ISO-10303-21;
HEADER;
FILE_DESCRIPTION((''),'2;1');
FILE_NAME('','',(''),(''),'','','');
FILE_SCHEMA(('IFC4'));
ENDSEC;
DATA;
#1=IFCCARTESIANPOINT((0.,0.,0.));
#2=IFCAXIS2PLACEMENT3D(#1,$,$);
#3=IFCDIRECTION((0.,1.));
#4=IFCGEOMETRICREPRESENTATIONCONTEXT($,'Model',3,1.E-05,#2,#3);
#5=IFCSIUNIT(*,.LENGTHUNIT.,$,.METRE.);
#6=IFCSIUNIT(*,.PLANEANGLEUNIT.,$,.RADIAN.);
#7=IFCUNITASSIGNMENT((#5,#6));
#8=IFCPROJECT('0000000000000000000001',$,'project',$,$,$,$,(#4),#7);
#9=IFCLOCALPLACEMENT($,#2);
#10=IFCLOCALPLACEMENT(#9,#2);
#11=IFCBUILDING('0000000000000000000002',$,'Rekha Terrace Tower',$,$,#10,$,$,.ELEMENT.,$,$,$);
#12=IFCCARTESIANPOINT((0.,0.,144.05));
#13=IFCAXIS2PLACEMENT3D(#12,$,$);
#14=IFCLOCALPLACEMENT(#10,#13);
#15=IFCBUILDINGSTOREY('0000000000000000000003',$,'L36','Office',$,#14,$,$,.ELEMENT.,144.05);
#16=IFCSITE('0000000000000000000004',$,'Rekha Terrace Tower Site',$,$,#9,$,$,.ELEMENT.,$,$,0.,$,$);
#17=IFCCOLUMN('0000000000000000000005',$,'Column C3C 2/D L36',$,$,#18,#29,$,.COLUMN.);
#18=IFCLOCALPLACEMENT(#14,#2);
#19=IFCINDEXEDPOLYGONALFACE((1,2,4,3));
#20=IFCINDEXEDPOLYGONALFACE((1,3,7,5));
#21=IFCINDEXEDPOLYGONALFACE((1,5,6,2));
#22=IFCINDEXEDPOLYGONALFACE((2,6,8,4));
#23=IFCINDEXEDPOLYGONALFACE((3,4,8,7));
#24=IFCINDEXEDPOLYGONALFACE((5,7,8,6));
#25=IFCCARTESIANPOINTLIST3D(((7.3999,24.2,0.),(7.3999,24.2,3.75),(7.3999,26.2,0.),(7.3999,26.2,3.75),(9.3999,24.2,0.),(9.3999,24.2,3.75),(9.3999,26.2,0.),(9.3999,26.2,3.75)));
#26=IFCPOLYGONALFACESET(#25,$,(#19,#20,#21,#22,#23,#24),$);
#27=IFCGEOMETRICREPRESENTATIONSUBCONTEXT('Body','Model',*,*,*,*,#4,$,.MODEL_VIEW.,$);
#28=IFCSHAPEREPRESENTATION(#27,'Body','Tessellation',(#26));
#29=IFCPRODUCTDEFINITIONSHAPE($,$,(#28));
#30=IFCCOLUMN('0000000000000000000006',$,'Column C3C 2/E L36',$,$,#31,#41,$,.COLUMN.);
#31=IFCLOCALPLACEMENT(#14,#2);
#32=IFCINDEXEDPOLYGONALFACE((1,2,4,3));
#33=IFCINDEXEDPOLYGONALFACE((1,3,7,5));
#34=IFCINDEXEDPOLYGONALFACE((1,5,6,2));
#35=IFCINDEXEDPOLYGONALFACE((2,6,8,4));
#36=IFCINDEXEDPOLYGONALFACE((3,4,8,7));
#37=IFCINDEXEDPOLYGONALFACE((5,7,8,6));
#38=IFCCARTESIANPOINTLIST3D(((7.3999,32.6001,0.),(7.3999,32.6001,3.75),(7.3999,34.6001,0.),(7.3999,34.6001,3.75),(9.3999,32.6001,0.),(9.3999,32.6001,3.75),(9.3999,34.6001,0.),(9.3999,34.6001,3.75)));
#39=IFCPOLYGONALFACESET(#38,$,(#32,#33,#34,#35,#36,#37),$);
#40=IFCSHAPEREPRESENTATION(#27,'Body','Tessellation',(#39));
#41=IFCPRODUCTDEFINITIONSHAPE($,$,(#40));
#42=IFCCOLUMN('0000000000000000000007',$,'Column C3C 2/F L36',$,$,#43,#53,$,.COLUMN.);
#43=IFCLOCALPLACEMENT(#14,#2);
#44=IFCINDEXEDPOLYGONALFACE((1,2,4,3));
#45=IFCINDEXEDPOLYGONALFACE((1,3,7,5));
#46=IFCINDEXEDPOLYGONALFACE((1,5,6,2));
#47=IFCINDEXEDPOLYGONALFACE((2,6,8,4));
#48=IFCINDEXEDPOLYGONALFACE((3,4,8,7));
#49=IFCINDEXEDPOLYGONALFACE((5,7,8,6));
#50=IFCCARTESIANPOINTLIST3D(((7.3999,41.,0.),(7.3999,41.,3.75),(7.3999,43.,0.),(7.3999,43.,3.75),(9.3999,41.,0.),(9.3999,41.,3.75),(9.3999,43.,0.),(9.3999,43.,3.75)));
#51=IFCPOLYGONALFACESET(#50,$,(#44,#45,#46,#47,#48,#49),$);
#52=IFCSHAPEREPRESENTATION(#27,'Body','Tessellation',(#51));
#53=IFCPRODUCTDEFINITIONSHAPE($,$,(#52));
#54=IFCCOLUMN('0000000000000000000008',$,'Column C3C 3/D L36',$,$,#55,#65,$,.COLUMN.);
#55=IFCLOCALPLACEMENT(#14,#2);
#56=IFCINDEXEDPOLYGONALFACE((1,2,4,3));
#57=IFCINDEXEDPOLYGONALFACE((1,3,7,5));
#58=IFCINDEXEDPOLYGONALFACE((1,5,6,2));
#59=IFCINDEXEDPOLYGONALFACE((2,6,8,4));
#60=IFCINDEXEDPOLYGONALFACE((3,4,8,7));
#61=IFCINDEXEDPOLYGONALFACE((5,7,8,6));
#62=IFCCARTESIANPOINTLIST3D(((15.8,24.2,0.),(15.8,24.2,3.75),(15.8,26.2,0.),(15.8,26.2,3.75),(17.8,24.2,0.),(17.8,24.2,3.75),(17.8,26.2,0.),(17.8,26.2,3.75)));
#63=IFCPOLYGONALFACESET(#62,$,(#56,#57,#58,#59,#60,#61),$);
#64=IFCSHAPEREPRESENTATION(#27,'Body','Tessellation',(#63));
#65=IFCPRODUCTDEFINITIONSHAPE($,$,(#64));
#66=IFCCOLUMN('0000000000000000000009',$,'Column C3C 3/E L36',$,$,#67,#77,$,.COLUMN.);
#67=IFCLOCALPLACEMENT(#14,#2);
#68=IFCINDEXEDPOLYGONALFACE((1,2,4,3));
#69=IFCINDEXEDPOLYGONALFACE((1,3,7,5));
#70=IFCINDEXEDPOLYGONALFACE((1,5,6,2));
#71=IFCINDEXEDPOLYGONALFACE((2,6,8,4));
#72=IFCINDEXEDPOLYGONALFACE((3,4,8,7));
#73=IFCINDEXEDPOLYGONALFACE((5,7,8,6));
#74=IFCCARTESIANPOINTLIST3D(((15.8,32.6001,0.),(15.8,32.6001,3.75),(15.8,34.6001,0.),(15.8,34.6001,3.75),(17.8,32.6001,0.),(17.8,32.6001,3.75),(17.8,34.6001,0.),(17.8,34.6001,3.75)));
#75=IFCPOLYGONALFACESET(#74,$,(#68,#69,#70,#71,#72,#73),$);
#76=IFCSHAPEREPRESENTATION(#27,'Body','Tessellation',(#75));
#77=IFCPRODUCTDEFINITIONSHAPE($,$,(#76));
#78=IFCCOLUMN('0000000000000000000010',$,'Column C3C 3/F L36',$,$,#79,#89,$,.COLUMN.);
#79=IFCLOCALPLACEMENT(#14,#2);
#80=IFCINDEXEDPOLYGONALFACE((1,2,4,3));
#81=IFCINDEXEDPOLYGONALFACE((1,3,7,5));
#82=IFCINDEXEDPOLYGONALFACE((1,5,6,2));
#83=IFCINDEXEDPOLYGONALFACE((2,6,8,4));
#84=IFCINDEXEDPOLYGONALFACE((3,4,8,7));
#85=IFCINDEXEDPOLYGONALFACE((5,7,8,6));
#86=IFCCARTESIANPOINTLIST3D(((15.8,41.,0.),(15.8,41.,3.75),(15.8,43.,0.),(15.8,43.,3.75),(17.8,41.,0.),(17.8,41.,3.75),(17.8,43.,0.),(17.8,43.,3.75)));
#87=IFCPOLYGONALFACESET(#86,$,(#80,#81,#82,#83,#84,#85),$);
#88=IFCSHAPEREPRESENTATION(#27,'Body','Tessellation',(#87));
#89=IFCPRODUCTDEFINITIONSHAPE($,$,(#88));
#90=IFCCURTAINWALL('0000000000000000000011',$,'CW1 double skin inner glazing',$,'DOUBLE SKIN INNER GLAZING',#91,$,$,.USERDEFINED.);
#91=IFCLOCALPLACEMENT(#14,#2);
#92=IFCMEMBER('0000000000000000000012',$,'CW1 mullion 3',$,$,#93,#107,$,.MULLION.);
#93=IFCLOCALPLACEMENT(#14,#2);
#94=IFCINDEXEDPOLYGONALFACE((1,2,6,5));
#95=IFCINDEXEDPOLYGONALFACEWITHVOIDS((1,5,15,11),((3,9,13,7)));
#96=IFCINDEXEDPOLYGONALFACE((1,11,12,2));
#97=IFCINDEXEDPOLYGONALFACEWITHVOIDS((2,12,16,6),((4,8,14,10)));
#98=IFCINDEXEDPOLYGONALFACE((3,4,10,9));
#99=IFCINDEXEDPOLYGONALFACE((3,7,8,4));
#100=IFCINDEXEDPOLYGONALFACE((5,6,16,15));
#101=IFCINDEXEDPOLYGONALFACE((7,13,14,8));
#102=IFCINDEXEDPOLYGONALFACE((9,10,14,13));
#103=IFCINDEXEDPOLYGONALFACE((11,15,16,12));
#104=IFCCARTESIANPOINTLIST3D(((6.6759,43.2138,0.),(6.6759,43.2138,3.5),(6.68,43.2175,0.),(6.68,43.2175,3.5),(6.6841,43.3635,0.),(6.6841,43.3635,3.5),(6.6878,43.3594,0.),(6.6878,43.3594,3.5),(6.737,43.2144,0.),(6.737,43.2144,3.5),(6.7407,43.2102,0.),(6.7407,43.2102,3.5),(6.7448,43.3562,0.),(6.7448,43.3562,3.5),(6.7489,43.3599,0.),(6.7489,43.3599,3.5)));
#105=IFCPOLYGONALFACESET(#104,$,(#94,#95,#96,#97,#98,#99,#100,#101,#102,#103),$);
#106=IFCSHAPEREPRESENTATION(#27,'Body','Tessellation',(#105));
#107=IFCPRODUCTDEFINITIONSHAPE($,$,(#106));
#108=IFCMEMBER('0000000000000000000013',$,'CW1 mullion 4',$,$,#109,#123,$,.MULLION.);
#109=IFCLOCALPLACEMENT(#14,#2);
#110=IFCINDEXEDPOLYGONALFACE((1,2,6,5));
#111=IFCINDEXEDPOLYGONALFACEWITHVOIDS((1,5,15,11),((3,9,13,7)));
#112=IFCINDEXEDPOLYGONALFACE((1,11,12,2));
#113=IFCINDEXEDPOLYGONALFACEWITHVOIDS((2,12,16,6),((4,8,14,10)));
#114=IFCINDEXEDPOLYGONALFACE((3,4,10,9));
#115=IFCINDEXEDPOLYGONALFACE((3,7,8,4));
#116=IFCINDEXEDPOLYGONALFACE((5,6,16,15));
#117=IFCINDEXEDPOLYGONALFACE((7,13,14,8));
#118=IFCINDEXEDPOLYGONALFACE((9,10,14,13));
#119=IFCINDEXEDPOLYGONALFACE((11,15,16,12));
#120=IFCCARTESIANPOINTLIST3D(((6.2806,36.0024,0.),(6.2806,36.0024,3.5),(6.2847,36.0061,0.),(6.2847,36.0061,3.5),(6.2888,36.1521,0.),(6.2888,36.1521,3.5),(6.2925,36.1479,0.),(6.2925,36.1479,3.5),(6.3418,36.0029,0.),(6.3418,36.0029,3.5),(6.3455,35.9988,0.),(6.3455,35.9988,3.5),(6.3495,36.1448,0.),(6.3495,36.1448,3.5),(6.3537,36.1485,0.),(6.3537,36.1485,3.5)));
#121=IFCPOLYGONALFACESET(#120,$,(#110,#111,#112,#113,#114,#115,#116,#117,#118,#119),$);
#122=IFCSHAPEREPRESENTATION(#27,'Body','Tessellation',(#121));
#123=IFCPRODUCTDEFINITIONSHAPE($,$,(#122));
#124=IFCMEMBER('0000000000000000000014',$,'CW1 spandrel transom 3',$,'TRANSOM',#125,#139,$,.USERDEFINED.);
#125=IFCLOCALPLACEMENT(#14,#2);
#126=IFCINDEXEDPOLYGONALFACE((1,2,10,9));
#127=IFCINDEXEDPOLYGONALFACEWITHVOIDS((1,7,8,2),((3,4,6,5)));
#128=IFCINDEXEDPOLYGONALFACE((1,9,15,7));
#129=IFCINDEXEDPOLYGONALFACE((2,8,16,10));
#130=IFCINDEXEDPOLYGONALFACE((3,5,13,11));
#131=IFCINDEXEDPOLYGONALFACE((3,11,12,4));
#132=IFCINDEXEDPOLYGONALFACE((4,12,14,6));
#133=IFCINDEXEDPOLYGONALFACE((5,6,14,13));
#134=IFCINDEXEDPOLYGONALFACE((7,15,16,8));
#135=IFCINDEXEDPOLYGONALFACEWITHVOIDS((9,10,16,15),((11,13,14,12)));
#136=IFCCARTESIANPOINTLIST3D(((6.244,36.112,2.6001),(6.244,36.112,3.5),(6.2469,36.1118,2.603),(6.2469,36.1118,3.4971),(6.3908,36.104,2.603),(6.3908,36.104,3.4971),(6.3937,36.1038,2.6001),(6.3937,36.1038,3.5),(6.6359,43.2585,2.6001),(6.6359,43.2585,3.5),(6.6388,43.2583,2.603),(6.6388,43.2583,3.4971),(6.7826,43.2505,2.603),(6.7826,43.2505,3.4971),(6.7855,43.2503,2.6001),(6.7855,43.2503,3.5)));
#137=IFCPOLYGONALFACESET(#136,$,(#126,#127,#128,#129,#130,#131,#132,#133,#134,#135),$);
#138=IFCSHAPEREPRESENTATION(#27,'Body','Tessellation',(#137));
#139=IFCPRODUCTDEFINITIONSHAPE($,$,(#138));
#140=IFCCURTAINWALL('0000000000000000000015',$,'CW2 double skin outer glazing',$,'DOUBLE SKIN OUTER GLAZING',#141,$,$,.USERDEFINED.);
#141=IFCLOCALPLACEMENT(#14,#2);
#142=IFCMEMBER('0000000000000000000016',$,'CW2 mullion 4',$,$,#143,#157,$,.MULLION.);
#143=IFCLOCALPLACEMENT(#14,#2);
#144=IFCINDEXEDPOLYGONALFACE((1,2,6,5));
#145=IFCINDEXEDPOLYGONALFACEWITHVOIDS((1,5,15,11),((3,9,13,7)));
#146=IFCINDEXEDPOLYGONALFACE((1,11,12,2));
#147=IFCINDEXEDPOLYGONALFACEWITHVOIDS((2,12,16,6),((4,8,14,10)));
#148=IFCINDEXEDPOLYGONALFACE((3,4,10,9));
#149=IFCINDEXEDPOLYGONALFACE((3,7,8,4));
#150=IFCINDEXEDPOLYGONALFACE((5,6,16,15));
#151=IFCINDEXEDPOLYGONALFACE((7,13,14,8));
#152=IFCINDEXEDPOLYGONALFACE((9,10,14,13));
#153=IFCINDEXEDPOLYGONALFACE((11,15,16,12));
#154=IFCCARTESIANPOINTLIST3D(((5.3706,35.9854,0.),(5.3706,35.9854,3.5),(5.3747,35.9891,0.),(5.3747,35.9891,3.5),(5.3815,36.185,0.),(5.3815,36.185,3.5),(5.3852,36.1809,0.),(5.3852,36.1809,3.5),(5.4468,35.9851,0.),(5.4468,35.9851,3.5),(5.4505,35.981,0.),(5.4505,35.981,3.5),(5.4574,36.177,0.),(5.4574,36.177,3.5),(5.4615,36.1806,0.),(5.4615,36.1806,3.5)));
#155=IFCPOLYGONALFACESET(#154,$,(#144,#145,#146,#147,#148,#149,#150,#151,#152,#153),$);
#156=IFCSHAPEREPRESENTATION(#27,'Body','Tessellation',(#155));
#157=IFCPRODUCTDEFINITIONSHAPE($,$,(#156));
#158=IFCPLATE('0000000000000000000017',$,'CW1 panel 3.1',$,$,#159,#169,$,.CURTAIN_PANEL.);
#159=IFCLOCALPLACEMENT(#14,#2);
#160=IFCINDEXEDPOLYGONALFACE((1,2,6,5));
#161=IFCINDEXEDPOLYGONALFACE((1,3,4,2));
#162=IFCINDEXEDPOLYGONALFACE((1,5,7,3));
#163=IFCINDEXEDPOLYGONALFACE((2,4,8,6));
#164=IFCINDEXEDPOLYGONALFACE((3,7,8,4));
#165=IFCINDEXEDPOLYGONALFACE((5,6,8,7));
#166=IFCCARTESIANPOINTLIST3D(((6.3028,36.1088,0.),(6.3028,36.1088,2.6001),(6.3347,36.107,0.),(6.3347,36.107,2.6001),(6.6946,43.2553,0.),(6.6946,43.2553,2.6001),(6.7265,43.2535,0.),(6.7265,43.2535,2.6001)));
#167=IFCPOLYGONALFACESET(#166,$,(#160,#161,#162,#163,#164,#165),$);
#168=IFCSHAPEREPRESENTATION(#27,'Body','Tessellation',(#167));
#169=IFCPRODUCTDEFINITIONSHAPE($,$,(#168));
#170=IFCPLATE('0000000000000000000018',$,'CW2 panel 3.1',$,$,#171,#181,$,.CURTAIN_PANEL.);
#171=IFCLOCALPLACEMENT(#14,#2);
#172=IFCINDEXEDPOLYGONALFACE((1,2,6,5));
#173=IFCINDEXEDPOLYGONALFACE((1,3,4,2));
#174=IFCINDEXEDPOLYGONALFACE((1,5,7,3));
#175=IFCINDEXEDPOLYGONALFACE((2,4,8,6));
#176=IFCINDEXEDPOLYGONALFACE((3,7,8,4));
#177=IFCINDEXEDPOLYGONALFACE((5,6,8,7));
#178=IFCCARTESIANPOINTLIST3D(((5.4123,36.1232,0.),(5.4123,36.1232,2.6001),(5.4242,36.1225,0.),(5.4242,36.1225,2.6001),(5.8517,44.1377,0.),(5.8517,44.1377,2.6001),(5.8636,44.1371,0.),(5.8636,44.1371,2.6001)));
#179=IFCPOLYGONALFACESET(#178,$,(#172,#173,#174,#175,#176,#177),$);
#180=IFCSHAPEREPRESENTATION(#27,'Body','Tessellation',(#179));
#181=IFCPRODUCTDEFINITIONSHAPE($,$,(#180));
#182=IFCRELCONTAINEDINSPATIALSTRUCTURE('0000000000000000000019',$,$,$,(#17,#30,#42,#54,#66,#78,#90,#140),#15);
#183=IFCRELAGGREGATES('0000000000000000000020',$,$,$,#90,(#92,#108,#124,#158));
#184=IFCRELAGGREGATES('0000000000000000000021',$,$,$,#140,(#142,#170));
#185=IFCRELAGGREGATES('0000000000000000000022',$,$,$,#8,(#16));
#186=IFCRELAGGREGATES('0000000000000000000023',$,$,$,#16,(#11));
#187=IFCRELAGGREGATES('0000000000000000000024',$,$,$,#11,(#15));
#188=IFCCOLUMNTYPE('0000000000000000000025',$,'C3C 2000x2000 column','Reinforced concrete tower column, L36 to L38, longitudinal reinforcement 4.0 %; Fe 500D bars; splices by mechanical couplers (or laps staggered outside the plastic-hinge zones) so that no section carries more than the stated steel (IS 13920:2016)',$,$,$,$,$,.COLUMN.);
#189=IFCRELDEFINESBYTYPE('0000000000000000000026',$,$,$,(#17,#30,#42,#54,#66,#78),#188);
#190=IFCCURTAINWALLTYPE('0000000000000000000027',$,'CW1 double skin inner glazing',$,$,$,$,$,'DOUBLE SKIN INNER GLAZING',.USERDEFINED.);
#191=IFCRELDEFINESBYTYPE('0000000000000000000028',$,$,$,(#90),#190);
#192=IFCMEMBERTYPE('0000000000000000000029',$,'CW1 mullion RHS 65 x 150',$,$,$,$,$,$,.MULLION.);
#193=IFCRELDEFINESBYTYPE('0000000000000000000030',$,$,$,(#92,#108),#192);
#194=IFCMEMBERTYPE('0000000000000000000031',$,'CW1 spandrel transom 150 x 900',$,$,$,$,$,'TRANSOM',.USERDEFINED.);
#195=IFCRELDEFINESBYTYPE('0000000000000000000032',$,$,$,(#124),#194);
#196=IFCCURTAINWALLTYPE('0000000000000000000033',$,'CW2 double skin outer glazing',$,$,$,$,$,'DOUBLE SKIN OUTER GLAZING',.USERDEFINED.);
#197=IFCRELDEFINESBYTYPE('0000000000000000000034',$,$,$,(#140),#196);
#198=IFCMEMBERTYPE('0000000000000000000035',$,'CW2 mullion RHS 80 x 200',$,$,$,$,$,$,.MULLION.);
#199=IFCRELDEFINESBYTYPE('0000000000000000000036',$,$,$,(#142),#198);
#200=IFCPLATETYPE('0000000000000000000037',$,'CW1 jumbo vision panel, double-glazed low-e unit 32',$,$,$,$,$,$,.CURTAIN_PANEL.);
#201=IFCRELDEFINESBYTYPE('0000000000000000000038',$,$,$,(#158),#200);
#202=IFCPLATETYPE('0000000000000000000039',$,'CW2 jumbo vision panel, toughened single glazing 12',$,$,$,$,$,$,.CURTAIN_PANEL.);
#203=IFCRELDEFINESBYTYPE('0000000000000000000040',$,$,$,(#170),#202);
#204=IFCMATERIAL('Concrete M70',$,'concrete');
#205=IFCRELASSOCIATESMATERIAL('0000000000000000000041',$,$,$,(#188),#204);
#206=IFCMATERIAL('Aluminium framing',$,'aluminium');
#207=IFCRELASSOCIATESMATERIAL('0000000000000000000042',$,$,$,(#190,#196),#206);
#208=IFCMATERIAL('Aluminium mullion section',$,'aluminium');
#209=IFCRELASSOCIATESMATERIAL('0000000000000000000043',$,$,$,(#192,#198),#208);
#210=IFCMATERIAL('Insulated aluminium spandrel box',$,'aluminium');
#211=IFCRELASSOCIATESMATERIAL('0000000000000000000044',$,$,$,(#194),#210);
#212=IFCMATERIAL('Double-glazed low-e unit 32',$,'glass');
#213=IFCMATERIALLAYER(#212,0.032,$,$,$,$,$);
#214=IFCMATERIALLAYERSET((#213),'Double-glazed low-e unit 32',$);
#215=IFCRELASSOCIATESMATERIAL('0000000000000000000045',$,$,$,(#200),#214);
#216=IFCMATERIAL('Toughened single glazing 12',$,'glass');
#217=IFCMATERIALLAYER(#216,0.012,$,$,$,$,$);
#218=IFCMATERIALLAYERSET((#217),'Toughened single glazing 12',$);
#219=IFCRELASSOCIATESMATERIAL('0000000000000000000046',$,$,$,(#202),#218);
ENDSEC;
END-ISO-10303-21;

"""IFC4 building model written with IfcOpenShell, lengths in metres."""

from ifc_helpers import new_model, si_unit, direction, frame, origin, origin_2d, place, context, subcontext, project, spatial, rectangle, hollow_rectangle, extrude, material, layer, layer_set, material_profile, profile_set, type_object, element, aggregate, save


model = new_model("IFC4")

# Units and contexts
model_context = context("Model", 3, precision=1e-05, world=origin(), true_north=direction((0.0, 1.0)))
body_context = subcontext(model_context, "Body", "Model", "MODEL_VIEW")
ifc_project = project(units=[si_unit("LENGTHUNIT", "METRE"), si_unit("PLANEANGLEUNIT", "RADIAN")], contexts=[model_context])

# Site, building, storey
site_placement = place(None, origin())
site = spatial("IfcSite", under=ifc_project, at=site_placement, Name="Rekha Terrace Tower Site", CompositionType="ELEMENT", RefElevation=0.0)
building_placement = place(site_placement, origin())
building = spatial("IfcBuilding", under=site, at=building_placement, Name="Rekha Terrace Tower", CompositionType="ELEMENT")
storey_placement = place(building_placement, frame((0.0, 0.0, 144.05)))
storey = spatial("IfcBuildingStorey", under=building, at=storey_placement, Name="L36", Description="Office", CompositionType="ELEMENT", Elevation=144.05)

# Columns
ifc_material_1 = material(Name="Concrete M70", Category="concrete")
ifc_material_profile_1 = material_profile(ifc_material_1, rectangle(XDim=2.0, YDim=2.0, at=origin_2d()), Name="RC 2000x2000")
ifc_profile_set_1 = profile_set([ifc_material_profile_1], Name="Concrete M70")
column_type = type_object("IfcColumnType", Name="C3C 2000x2000 column", Description="Reinforced concrete tower column, L36 to L38, longitudinal reinforcement 4.0 %; Fe 500D bars; splices by mechanical couplers (or laps staggered outside the plastic-hinge zones) so that no section carries more than the stated steel (IS 13920:2016)", PredefinedType="COLUMN", material=ifc_profile_set_1)
for number, where, z_axis, x_axis, name in (
    (1, (8.3999, 25.2, 0.0), (0.0, 0.0, 1.0), (1.0, 0.0, 0.0), "Column C3C 2/D L36"),
    (2, (8.3999, 33.6001, 0.0), (0.0, 0.0, 1.0), (1.0, 0.0, 0.0), "Column C3C 2/E L36"),
    (3, (8.3999, 42.0, 0.0), (0.0, 0.0, 1.0), (1.0, 0.0, 0.0), "Column C3C 2/F L36"),
    (4, (16.8, 25.2, 0.0), (0.0, 0.0, 1.0), (1.0, 0.0, 0.0), "Column C3C 3/D L36"),
    (5, (16.8, 33.6001, 0.0), (0.0, 0.0, 1.0), (1.0, 0.0, 0.0), "Column C3C 3/E L36"),
    (6, (16.8, 42.0, 0.0), (0.0, 0.0, 1.0), (1.0, 0.0, 0.0), "Column C3C 3/F L36"),
):
    element("IfcColumn", number, at=place(storey_placement, frame(where, z_axis=z_axis, x_axis=x_axis)), inside=storey, type_object=column_type, Name=name, PredefinedType="COLUMN", context=body_context, shape_type="SweptSolid", body=[
        extrude(rectangle(XDim=2.0, YDim=2.0, at=origin_2d()), origin(), (0.0, 0.0, 1.0), 3.75),
    ])

# Curtain wall, members
ifc_material_2 = material(Name="Aluminium framing", Category="aluminium")
curtain_wall_type_1 = type_object("IfcCurtainWallType", Name="CW1 double skin inner glazing", ElementType="DOUBLE SKIN INNER GLAZING", PredefinedType="USERDEFINED", material=ifc_material_2)
curtain_wall_1_placement = place(storey_placement, origin())
curtain_wall_1 = element("IfcCurtainWall", 7, at=curtain_wall_1_placement, inside=storey, type_object=curtain_wall_type_1, Name="CW1 double skin inner glazing", ObjectType="DOUBLE SKIN INNER GLAZING", PredefinedType="USERDEFINED")
ifc_material_3 = material(Name="Aluminium mullion section", Category="aluminium")
ifc_material_profile_2 = material_profile(ifc_material_3, hollow_rectangle(XDim=0.0649, YDim=0.1499, WallThickness=0.0039, at=origin_2d()), Name="AL RHS 65x150")
ifc_profile_set_2 = profile_set([ifc_material_profile_2], Name="Aluminium mullion section")
member_type_1 = type_object("IfcMemberType", Name="CW1 mullion RHS 65 x 150", PredefinedType="MULLION", material=ifc_profile_set_2)
member_1_placement = place(storey_placement, frame((6.7124, 43.2869, 0.0), z_axis=(0.0, 0.0, 1.0), x_axis=(0.998501, -0.054742, 0.0)))
member_1 = element("IfcMember", 8, at=member_1_placement, type_object=member_type_1, Name="CW1 mullion 3", PredefinedType="MULLION", context=body_context, shape_type="SweptSolid", body=[
    extrude(hollow_rectangle(XDim=0.0649, YDim=0.1499, WallThickness=0.0039, at=origin_2d()), origin(), (0.0, 0.0, 1.0), 3.5),
])
member_2_placement = place(storey_placement, frame((6.3171, 36.0754, 0.0), z_axis=(0.0, 0.0, 1.0), x_axis=(0.998501, -0.054742, 0.0)))
member_2 = element("IfcMember", 9, at=member_2_placement, type_object=member_type_1, Name="CW1 mullion 4", PredefinedType="MULLION", context=body_context, shape_type="SweptSolid", body=[
    extrude(hollow_rectangle(XDim=0.0649, YDim=0.1499, WallThickness=0.0039, at=origin_2d()), origin(), (0.0, 0.0, 1.0), 3.5),
])
ifc_material_4 = material(Name="Insulated aluminium spandrel box", Category="aluminium")
ifc_material_profile_3 = material_profile(ifc_material_4, hollow_rectangle(XDim=0.1499, YDim=0.8999, WallThickness=0.0029, at=origin_2d()), Name="AL SPANDREL BOX 150x900")
ifc_profile_set_3 = profile_set([ifc_material_profile_3], Name="Insulated aluminium spandrel box")
member_type_2 = type_object("IfcMemberType", Name="CW1 spandrel transom 150 x 900", ElementType="TRANSOM", PredefinedType="USERDEFINED", material=ifc_profile_set_3)
member_3_placement = place(storey_placement, frame((6.7107, 43.2544, 3.05), z_axis=(-0.054748, -0.9985, 0.0), x_axis=(0.9985, -0.054748, 0.0)))
member_3 = element("IfcMember", 10, at=member_3_placement, type_object=member_type_2, Name="CW1 spandrel transom 3", ObjectType="TRANSOM", PredefinedType="USERDEFINED", context=body_context, shape_type="SweptSolid", body=[
    extrude(hollow_rectangle(XDim=0.1499, YDim=0.8999, WallThickness=0.0029, at=origin_2d()), origin(), (0.0, 0.0, 1.0), 7.1572),
])

# Curtain wall, member
curtain_wall_type_2 = type_object("IfcCurtainWallType", Name="CW2 double skin outer glazing", ElementType="DOUBLE SKIN OUTER GLAZING", PredefinedType="USERDEFINED", material=ifc_material_2)
curtain_wall_2_placement = place(storey_placement, origin())
curtain_wall_2 = element("IfcCurtainWall", 11, at=curtain_wall_2_placement, inside=storey, type_object=curtain_wall_type_2, Name="CW2 double skin outer glazing", ObjectType="DOUBLE SKIN OUTER GLAZING", PredefinedType="USERDEFINED")
ifc_material_profile_4 = material_profile(ifc_material_3, hollow_rectangle(XDim=0.0801, YDim=0.2, WallThickness=0.0039, at=origin_2d()), Name="AL RHS 80x200")
ifc_profile_set_4 = profile_set([ifc_material_profile_4], Name="Aluminium mullion section")
member_type_3 = type_object("IfcMemberType", Name="CW2 mullion RHS 80 x 200", PredefinedType="MULLION", material=ifc_profile_set_4)
member_4_placement = place(storey_placement, frame((5.416, 36.083, 0.0), z_axis=(0.0, 0.0, 1.0), x_axis=(0.998501, -0.054742, 0.0)))
member_4 = element("IfcMember", 12, at=member_4_placement, type_object=member_type_3, Name="CW2 mullion 4", PredefinedType="MULLION", context=body_context, shape_type="SweptSolid", body=[
    extrude(hollow_rectangle(XDim=0.0801, YDim=0.2, WallThickness=0.0039, at=origin_2d()), origin(), (0.0, 0.0, 1.0), 3.5),
])

# Plates
ifc_material_5 = material(Name="Double-glazed low-e unit 32", Category="glass")
ifc_layer_1 = layer(ifc_material_5, 0.032)
ifc_layer_set_1 = layer_set([ifc_layer_1], Name="Double-glazed low-e unit 32")
plate_type_1 = type_object("IfcPlateType", Name="CW1 jumbo vision panel, double-glazed low-e unit 32", PredefinedType="CURTAIN_PANEL", material=ifc_layer_set_1)
plate_1_placement = place(storey_placement, frame((6.5146, 39.6812, 0.0), z_axis=(0.0, 0.0, 1.0), x_axis=(-0.054742, -0.998501, 0.0)))
plate_1 = element("IfcPlate", 13, at=plate_1_placement, type_object=plate_type_1, Name="CW1 panel 3.1", PredefinedType="CURTAIN_PANEL", context=body_context, shape_type="SweptSolid", body=[
    extrude(rectangle(XDim=7.1572, YDim=0.032, at=origin_2d()), origin(), (0.0, 0.0, 1.0), 2.6001),
])
aggregate(curtain_wall_1, [member_1, member_2, member_3, plate_1])
ifc_material_6 = material(Name="Toughened single glazing 12", Category="glass")
ifc_layer_2 = layer(ifc_material_6, 0.012)
ifc_layer_set_2 = layer_set([ifc_layer_2], Name="Toughened single glazing 12")
plate_type_2 = type_object("IfcPlateType", Name="CW2 jumbo vision panel, toughened single glazing 12", PredefinedType="CURTAIN_PANEL", material=ifc_layer_set_2)
plate_2_placement = place(storey_placement, frame((5.6379, 40.1301, 0.0), z_axis=(0.0, 0.0, 1.0), x_axis=(-0.054742, -0.998501, 0.0)))
plate_2 = element("IfcPlate", 14, at=plate_2_placement, type_object=plate_type_2, Name="CW2 panel 3.1", PredefinedType="CURTAIN_PANEL", context=body_context, shape_type="SweptSolid", body=[
    extrude(rectangle(XDim=8.0266, YDim=0.012, at=origin_2d()), origin(), (0.0, 0.0, 1.0), 2.6001),
])
aggregate(curtain_wall_2, [member_4, plate_2])

save(model, "model.ifc")
